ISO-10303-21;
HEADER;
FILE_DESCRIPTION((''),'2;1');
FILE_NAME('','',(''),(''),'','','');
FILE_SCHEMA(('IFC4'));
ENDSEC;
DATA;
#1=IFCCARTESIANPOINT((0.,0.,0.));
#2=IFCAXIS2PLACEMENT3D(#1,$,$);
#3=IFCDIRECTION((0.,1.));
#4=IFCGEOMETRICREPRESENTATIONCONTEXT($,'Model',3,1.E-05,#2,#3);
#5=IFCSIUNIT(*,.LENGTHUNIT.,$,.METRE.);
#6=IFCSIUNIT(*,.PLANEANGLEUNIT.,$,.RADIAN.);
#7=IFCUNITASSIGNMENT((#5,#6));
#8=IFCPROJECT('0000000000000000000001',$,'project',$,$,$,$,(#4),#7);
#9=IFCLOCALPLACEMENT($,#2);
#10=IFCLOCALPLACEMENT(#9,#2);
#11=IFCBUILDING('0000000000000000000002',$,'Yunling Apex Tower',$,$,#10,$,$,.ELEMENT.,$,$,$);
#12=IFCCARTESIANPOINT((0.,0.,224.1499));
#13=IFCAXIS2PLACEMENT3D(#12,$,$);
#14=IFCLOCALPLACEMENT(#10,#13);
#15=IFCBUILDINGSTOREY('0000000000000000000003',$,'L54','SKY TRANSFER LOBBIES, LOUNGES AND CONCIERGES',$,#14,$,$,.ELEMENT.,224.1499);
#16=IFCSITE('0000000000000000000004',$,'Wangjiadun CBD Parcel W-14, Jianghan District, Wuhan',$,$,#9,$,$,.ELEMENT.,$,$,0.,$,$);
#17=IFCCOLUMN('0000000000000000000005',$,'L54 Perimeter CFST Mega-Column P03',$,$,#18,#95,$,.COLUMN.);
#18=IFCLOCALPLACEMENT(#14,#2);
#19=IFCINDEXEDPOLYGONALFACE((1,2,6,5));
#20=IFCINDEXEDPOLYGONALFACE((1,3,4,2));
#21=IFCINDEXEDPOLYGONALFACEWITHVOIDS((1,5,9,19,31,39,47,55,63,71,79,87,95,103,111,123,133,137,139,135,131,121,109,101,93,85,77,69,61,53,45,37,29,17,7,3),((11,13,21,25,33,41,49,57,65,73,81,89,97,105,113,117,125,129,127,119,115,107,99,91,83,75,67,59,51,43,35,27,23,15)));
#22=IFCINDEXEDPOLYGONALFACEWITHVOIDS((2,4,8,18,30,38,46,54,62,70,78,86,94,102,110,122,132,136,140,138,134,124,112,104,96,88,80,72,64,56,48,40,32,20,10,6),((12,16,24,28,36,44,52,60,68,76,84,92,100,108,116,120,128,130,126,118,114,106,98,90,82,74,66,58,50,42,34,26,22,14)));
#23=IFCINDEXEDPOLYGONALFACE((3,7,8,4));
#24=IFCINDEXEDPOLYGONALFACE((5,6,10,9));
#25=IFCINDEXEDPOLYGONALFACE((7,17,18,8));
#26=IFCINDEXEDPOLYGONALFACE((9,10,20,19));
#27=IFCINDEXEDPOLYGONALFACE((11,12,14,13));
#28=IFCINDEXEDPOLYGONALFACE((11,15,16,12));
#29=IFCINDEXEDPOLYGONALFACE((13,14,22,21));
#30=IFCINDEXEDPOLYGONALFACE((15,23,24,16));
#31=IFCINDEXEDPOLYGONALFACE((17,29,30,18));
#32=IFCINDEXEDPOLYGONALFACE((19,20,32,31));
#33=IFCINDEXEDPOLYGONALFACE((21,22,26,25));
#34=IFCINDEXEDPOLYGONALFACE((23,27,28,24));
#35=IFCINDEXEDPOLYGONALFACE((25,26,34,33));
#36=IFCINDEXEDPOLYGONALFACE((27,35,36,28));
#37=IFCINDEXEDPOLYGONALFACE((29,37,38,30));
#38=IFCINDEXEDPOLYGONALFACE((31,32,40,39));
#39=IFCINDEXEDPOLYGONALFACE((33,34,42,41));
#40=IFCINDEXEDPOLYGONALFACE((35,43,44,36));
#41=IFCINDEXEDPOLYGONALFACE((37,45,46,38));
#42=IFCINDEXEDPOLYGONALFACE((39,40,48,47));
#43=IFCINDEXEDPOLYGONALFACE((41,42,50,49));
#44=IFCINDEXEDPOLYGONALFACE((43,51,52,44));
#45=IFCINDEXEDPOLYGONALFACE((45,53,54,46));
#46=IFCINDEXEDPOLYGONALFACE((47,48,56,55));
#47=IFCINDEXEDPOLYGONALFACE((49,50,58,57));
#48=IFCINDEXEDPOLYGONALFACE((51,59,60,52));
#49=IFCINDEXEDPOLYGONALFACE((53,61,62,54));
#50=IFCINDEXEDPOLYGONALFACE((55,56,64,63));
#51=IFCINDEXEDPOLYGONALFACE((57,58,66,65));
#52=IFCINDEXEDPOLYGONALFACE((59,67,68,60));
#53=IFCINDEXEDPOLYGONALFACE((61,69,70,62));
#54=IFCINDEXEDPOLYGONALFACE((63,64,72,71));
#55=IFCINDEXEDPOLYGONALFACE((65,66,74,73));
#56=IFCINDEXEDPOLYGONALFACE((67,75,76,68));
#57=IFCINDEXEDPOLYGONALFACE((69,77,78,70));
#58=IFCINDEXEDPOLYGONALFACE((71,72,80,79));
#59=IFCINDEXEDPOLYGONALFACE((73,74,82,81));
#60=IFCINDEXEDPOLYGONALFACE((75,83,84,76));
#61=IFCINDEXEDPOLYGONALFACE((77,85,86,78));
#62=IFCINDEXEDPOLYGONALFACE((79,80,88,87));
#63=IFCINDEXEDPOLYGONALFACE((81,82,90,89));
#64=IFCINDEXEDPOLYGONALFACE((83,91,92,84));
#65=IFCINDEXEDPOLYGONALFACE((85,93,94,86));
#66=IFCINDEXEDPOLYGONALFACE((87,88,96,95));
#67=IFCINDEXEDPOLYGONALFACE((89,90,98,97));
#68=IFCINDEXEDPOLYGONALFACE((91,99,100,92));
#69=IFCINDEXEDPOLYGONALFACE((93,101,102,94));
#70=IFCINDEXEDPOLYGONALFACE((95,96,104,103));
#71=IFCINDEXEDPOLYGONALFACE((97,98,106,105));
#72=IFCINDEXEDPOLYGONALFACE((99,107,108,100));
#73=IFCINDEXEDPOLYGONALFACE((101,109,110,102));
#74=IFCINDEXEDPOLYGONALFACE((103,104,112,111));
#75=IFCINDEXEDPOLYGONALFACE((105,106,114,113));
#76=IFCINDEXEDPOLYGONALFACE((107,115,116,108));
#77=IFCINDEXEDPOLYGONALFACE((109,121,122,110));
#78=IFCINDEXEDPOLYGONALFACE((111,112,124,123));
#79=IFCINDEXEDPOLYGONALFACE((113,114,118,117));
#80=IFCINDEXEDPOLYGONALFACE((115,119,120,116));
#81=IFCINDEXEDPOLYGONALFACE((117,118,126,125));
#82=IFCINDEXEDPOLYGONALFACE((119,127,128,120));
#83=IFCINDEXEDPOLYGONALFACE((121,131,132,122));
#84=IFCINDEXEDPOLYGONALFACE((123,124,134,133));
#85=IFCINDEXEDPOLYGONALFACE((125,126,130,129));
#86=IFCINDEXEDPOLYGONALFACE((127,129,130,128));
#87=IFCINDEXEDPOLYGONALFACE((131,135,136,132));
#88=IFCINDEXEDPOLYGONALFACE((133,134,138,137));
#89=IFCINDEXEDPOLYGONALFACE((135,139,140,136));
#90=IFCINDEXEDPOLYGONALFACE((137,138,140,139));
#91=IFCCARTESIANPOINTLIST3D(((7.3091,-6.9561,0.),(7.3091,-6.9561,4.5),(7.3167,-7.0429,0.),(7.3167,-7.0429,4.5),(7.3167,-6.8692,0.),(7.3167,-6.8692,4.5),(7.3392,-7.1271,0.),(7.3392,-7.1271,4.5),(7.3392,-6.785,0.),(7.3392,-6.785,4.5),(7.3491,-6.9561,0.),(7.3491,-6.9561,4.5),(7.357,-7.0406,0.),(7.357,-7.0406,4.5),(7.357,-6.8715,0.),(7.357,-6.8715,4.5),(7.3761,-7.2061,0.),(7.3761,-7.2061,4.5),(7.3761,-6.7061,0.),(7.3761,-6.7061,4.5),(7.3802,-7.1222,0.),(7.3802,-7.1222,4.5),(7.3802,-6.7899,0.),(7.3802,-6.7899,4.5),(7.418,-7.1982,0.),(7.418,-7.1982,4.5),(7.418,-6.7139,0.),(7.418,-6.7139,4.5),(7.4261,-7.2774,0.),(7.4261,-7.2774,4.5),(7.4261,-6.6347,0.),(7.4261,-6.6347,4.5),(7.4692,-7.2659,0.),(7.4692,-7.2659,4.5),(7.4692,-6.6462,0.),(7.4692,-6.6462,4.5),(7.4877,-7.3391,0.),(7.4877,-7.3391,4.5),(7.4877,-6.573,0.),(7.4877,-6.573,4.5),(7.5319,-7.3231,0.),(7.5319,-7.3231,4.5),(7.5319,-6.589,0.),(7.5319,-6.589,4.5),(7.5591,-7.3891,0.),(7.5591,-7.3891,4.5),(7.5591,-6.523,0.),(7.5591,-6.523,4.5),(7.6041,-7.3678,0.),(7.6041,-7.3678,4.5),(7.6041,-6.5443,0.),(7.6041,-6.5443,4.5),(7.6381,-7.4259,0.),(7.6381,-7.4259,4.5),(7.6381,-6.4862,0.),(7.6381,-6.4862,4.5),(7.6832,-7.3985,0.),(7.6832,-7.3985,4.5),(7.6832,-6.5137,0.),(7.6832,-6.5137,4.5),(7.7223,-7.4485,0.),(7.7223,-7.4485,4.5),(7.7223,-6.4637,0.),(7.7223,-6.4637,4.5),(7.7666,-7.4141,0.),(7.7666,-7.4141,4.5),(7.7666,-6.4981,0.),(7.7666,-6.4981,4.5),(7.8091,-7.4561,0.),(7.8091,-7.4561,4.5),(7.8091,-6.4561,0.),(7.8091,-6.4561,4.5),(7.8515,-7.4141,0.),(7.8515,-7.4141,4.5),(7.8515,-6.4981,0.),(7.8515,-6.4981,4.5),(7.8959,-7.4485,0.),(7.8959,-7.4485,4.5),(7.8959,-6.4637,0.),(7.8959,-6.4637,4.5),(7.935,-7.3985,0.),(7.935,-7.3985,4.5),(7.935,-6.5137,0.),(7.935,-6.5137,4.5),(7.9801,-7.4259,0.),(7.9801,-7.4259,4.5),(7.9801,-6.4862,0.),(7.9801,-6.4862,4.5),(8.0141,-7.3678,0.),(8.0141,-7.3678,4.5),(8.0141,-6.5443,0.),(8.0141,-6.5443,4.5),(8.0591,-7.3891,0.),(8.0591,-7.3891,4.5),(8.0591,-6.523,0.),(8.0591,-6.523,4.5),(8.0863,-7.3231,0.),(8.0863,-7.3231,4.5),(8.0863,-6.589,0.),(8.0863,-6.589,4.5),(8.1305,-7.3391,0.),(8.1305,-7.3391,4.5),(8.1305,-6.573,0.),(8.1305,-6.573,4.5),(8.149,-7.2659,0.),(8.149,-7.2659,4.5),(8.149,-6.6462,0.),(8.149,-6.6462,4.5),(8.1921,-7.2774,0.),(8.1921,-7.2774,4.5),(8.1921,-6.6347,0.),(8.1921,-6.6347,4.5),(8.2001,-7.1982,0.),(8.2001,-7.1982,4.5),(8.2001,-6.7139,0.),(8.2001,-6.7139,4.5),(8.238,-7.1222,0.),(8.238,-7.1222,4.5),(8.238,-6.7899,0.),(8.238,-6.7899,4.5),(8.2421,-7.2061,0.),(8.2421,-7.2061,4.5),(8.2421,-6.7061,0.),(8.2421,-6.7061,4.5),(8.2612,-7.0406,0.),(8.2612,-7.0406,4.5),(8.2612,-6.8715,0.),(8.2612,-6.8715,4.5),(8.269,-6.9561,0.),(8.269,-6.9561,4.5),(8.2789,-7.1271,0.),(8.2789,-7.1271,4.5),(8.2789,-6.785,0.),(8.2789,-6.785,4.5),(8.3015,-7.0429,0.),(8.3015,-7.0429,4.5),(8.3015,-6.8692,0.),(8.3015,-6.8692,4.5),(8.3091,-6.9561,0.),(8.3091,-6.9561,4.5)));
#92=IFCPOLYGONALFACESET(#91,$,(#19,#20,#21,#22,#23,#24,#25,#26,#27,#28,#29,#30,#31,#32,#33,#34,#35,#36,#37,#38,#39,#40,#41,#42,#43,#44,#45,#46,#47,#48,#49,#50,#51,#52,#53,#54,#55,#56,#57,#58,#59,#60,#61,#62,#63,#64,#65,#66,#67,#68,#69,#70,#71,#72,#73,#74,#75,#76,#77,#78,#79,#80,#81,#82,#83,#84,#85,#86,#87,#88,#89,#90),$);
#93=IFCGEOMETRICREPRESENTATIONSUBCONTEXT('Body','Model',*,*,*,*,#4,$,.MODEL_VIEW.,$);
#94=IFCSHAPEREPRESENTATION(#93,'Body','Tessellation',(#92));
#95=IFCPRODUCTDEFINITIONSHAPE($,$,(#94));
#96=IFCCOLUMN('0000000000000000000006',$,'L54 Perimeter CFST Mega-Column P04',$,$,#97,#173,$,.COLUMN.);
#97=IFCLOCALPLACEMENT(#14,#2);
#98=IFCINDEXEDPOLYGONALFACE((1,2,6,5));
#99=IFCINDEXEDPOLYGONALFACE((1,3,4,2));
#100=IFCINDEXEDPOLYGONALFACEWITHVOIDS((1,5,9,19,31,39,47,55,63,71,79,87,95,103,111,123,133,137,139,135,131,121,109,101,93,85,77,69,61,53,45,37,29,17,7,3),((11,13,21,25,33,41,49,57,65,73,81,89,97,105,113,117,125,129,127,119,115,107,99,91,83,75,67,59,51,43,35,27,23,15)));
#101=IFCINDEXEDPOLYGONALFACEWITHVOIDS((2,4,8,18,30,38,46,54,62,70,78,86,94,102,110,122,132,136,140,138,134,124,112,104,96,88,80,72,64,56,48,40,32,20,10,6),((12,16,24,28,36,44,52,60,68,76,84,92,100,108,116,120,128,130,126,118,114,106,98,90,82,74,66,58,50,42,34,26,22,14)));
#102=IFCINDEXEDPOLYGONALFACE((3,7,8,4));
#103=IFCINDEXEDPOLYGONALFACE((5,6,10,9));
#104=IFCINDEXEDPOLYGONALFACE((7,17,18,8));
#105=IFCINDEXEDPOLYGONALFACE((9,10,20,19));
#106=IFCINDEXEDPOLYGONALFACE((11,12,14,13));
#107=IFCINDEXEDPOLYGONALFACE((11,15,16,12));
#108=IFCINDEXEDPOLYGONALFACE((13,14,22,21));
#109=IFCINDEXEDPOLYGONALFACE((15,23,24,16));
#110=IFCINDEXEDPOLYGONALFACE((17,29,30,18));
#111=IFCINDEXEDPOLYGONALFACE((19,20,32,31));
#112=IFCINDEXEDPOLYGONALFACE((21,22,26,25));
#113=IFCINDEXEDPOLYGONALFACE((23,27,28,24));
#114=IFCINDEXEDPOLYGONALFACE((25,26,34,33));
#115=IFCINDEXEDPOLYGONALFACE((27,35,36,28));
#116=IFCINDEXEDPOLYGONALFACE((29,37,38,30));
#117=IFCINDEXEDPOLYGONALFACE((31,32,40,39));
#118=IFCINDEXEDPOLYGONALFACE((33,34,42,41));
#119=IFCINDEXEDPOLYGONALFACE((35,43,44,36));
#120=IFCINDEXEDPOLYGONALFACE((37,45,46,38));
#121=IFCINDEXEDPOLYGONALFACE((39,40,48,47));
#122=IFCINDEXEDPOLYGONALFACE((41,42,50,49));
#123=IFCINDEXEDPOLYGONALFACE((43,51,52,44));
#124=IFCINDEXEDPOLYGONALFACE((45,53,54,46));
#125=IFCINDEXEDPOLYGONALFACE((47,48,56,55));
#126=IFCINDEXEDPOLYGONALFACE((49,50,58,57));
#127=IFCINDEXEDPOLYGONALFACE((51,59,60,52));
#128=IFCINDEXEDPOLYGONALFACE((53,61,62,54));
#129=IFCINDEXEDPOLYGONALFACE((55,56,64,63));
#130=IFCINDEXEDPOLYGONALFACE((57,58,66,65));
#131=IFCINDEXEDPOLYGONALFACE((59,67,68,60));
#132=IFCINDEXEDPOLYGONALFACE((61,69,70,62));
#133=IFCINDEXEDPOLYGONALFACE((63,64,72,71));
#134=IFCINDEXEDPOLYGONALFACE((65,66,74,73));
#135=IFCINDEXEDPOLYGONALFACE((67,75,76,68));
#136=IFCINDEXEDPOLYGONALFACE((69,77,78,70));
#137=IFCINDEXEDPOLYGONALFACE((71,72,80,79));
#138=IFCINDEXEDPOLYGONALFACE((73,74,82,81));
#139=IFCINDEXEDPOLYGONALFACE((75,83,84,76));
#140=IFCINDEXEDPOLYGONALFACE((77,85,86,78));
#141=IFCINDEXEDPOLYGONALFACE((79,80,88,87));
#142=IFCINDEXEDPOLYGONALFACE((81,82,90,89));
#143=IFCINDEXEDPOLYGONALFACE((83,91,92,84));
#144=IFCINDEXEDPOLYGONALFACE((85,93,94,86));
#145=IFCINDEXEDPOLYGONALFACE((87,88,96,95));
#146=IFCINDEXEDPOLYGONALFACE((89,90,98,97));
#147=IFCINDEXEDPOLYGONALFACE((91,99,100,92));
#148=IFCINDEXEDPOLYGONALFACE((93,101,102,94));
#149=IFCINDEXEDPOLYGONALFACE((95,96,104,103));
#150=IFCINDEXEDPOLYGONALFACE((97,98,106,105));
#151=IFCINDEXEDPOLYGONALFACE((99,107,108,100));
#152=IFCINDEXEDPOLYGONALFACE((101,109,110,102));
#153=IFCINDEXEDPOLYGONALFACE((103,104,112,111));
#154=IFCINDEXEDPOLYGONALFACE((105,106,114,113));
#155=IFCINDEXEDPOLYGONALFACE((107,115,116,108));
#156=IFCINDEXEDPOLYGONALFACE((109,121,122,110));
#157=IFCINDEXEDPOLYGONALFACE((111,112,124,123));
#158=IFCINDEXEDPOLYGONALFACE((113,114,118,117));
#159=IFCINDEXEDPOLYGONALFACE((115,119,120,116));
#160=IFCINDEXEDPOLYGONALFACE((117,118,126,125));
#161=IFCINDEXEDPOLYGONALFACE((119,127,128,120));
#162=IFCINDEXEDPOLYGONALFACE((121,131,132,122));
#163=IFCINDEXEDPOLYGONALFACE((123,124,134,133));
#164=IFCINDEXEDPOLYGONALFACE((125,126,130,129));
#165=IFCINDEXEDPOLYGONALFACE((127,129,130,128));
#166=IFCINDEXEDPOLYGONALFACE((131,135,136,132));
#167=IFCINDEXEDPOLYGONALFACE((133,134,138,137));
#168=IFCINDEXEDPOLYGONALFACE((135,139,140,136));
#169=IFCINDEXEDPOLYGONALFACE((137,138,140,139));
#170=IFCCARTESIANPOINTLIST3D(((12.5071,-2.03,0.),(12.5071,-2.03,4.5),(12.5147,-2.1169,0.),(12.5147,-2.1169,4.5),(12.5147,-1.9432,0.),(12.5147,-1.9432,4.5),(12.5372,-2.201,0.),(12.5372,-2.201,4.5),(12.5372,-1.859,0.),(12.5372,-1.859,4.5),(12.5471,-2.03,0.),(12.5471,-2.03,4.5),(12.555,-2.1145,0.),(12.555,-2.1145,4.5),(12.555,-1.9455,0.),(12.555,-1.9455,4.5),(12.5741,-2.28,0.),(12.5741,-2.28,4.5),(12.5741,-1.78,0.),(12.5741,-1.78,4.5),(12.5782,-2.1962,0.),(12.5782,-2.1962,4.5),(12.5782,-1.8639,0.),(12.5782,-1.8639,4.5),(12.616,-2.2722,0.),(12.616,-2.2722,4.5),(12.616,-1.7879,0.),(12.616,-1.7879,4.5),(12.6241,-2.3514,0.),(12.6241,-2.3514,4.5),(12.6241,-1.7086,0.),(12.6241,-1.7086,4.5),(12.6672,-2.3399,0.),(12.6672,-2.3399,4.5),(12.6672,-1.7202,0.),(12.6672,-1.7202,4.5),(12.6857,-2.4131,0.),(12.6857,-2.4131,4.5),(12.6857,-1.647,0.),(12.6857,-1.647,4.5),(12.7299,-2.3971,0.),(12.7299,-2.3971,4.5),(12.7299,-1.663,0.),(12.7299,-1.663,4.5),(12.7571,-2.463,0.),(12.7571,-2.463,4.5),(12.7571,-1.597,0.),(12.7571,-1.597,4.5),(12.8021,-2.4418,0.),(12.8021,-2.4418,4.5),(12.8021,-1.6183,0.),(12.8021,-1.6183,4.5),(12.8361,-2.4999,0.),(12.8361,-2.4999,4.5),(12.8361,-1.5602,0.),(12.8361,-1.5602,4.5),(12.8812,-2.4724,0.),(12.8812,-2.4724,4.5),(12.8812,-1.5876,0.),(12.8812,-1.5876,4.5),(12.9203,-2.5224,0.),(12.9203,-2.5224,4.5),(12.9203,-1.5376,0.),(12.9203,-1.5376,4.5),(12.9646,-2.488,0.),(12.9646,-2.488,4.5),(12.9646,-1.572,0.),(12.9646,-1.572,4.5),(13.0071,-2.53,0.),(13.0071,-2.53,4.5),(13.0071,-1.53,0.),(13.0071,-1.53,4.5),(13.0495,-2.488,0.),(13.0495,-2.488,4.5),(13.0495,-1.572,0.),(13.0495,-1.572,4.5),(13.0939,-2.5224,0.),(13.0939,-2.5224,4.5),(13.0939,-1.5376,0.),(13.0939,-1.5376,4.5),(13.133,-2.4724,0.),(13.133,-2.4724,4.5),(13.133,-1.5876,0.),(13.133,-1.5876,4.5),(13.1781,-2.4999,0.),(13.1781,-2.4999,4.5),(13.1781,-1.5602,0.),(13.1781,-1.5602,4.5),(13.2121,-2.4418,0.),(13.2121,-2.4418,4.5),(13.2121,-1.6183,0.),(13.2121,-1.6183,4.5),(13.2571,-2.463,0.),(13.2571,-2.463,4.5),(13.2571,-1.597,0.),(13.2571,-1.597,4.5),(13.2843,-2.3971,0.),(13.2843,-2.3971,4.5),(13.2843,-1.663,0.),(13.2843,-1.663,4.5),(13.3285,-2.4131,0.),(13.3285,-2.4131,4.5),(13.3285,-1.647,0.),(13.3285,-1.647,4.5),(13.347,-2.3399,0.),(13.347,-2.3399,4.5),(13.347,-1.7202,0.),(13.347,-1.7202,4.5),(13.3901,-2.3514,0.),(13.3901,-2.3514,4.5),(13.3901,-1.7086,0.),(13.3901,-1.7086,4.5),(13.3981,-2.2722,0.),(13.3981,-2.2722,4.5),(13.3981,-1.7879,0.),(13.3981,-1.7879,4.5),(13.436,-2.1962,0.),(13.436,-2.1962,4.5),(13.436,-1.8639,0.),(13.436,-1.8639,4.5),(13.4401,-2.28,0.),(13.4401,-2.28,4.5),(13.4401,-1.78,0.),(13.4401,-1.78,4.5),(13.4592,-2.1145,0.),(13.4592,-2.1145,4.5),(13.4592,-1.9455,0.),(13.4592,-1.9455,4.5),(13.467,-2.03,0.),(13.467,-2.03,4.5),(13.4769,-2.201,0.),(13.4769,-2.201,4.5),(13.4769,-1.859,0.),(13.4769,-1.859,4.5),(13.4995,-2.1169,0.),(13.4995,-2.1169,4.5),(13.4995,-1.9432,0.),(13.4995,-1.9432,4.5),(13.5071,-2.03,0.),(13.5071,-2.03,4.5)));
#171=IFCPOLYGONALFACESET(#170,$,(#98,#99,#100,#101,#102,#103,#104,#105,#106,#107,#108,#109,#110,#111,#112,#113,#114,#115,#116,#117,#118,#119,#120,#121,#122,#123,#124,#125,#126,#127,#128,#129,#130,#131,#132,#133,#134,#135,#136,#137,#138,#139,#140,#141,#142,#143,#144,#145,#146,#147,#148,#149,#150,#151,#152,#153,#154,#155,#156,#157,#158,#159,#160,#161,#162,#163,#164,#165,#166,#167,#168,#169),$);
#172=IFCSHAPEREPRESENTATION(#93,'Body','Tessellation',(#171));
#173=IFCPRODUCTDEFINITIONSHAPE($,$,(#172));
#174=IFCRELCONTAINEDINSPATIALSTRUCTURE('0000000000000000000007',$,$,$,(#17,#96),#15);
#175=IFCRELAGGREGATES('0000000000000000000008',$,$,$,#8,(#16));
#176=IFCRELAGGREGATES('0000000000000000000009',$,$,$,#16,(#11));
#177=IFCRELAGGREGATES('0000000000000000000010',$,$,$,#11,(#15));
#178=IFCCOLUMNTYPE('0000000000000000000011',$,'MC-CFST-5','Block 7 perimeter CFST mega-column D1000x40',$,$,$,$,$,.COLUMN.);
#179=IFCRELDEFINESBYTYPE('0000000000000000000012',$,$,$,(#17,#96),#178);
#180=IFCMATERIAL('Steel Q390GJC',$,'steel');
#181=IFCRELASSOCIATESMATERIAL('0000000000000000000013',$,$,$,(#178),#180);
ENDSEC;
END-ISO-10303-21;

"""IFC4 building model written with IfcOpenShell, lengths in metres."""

from ifc_helpers import new_model, si_unit, direction, frame, origin, origin_2d, place, context, subcontext, project, spatial, hollow_circle, extrude, source, transform, mapped, material, material_profile, profile_set, type_object, element, save


model = new_model("IFC4")

# Units and contexts
model_context = context("Model", 3, precision=1e-05, world=origin(), true_north=direction((0.0, 1.0)))
body_context = subcontext(model_context, "Body", "Model", "MODEL_VIEW")
ifc_project = project(units=[si_unit("LENGTHUNIT", "METRE"), si_unit("PLANEANGLEUNIT", "RADIAN")], contexts=[model_context])

# Site, building, storey
site_placement = place(None, origin())
site = spatial("IfcSite", under=ifc_project, at=site_placement, Name="Wangjiadun CBD Parcel W-14, Jianghan District, Wuhan", CompositionType="ELEMENT", RefElevation=0.0)
building_placement = place(site_placement, origin())
building = spatial("IfcBuilding", under=site, at=building_placement, Name="Yunling Apex Tower", CompositionType="ELEMENT")
storey_placement = place(building_placement, frame((0.0, 0.0, 224.1499)))
storey = spatial("IfcBuildingStorey", under=building, at=storey_placement, Name="L54", Description="SKY TRANSFER LOBBIES, LOUNGES AND CONCIERGES", CompositionType="ELEMENT", Elevation=224.1499)

# Columns
ifc_material_1 = material(Name="Steel Q390GJC", Category="steel")
ifc_material_profile_1 = material_profile(ifc_material_1, hollow_circle(Radius=0.5, WallThickness=0.04, at=origin_2d()))
ifc_profile_set_1 = profile_set([ifc_material_profile_1], Name="Steel Q390GJC")
column_type = type_object("IfcColumnType", Name="MC-CFST-5", Description="Block 7 perimeter CFST mega-column D1000x40", PredefinedType="COLUMN", material=ifc_profile_set_1)
shared_shape_1 = source(origin(), body_context, "Body", "SweptSolid", [
    extrude(hollow_circle(Radius=0.5, WallThickness=0.04, at=origin_2d()), origin(), (0.0, 0.0, 1.0), 4.5),
])
for number, where, z_axis, x_axis, name in (
    (1, (7.8091, -6.9561, 0.0), (0.0, 0.0, 1.0), (1.0, 0.0, 0.0), "L54 Perimeter CFST Mega-Column P03"),
    (2, (13.0071, -2.03, 0.0), (0.0, 0.0, 1.0), (1.0, 0.0, 0.0), "L54 Perimeter CFST Mega-Column P04"),
):
    element("IfcColumn", number, at=place(storey_placement, frame(where, z_axis=z_axis, x_axis=x_axis)), inside=storey, type_object=column_type, Name=name, PredefinedType="COLUMN", context=body_context, shape_type="MappedRepresentation", body=[
        mapped(shared_shape_1, transform((0.0, 0.0, 0.0), scale=1.0)),
    ])

save(model, "model.ifc")
